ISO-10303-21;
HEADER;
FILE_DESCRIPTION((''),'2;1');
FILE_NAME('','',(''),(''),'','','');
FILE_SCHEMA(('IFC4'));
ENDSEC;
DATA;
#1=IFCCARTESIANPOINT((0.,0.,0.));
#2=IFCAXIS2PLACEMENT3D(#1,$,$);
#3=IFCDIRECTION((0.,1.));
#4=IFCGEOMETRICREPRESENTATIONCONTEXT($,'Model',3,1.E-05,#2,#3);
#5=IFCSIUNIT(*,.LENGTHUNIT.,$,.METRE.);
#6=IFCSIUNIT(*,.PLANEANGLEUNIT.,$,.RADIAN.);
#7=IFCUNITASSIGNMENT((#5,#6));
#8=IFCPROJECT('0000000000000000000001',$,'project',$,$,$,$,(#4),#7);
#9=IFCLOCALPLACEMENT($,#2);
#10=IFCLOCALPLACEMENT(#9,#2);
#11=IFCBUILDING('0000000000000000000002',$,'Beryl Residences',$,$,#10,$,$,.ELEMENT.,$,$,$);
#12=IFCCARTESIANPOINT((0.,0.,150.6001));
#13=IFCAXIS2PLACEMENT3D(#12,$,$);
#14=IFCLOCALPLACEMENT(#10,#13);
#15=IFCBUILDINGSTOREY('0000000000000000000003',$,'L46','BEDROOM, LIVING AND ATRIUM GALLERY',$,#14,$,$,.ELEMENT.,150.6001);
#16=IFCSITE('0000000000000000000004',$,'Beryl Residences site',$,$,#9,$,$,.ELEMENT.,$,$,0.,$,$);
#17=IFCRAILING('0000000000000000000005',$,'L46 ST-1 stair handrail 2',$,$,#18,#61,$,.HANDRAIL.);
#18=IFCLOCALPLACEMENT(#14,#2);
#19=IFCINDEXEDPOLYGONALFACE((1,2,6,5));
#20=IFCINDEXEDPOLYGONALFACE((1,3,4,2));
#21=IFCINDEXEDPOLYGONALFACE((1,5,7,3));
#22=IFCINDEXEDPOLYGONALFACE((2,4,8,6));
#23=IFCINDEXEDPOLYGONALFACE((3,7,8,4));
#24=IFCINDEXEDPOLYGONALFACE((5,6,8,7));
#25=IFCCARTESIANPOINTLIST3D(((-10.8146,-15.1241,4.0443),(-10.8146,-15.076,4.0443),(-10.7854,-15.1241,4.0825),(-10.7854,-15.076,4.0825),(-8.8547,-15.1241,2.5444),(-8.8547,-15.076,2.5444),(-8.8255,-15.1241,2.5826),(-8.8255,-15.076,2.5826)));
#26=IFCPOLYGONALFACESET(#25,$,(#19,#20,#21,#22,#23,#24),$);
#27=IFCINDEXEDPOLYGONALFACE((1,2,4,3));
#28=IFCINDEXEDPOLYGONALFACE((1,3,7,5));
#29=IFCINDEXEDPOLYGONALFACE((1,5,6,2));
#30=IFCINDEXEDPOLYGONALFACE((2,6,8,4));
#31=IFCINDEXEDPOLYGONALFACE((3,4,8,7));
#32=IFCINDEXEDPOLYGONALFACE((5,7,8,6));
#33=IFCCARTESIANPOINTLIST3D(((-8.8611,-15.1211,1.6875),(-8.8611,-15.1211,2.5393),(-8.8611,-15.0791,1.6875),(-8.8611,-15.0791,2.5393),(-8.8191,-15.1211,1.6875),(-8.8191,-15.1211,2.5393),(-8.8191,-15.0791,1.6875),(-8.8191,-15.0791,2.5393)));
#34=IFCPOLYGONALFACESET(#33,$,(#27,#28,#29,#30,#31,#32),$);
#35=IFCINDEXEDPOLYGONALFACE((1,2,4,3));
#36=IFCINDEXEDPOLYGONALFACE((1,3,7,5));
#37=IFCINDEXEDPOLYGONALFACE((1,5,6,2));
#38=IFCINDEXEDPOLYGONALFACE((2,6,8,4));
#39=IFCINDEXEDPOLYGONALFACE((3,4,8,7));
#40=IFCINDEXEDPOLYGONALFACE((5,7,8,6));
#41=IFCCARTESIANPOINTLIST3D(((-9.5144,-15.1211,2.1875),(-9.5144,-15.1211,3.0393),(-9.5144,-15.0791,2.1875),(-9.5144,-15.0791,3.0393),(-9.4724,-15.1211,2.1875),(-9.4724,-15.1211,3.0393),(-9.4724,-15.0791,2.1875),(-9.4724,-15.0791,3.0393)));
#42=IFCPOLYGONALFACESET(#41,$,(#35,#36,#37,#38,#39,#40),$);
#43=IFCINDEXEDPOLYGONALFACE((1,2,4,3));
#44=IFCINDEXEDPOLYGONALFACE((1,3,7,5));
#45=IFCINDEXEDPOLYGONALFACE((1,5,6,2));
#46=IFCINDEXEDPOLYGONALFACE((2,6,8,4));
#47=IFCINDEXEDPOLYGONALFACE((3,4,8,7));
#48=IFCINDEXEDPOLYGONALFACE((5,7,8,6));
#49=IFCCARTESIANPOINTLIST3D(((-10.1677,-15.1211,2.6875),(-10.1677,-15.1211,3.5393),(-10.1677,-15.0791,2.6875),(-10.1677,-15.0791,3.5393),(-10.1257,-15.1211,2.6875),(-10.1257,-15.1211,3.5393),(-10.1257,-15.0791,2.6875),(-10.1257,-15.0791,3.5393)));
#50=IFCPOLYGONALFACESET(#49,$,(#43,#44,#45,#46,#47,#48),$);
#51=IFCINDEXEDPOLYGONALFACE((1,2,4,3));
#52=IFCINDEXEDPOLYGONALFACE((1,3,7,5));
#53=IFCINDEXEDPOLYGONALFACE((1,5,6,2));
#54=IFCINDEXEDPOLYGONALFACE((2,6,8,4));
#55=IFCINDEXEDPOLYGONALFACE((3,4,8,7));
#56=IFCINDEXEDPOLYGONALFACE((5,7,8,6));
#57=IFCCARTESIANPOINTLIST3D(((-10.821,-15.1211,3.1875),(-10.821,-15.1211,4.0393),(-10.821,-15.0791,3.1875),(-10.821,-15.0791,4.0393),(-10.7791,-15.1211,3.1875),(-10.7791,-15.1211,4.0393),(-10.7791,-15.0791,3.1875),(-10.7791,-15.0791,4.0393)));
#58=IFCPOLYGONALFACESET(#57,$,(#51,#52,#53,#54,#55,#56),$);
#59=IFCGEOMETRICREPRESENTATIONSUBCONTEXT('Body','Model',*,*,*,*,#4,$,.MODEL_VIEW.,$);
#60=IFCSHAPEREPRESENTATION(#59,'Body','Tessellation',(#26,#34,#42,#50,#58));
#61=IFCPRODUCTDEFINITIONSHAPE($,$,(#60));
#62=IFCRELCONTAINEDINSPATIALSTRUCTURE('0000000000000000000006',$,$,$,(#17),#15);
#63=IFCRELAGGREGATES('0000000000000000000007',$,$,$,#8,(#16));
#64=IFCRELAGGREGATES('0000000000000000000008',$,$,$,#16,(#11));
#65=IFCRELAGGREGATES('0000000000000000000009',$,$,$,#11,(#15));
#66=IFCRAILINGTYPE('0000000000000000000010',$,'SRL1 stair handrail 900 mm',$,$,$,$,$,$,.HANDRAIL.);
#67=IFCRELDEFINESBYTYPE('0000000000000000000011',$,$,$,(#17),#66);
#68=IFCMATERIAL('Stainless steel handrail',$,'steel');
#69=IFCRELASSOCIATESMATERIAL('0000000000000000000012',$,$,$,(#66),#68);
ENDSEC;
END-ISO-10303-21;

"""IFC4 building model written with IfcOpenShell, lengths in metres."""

from ifc_helpers import new_model, si_unit, direction, frame, origin, origin_2d, place, context, subcontext, project, spatial, rectangle, extrude, material, type_object, element, save


model = new_model("IFC4")

# Units and contexts
model_context = context("Model", 3, precision=1e-05, world=origin(), true_north=direction((0.0, 1.0)))
body_context = subcontext(model_context, "Body", "Model", "MODEL_VIEW")
ifc_project = project(units=[si_unit("LENGTHUNIT", "METRE"), si_unit("PLANEANGLEUNIT", "RADIAN")], contexts=[model_context])

# Site, building, storey
site_placement = place(None, origin())
site = spatial("IfcSite", under=ifc_project, at=site_placement, Name="Beryl Residences site", CompositionType="ELEMENT", RefElevation=0.0)
building_placement = place(site_placement, origin())
building = spatial("IfcBuilding", under=site, at=building_placement, Name="Beryl Residences", CompositionType="ELEMENT")
storey_placement = place(building_placement, frame((0.0, 0.0, 150.6001)))
storey = spatial("IfcBuildingStorey", under=building, at=storey_placement, Name="L46", Description="BEDROOM, LIVING AND ATRIUM GALLERY", CompositionType="ELEMENT", Elevation=150.6001)

# Railing
ifc_material_1 = material(Name="Stainless steel handrail", Category="steel")
railing_type_1 = type_object("IfcRailingType", Name="SRL1 stair handrail 900 mm", PredefinedType="HANDRAIL", material=ifc_material_1)
railing_1_placement = place(storey_placement, frame((-8.8401, -15.1001, 1.6875)))
element("IfcRailing", 1, at=railing_1_placement, inside=storey, type_object=railing_type_1, Name="L46 ST-1 stair handrail 2", PredefinedType="HANDRAIL", context=body_context, shape_type="SweptSolid", body=[
    extrude(rectangle(XDim=0.0481, YDim=0.0481, at=origin_2d()), frame((0.0, 0.0, 0.876), z_axis=(-0.794122, 0.0, 0.607758), x_axis=(0.0, -1.0, 0.0)), (0.0, 0.0, 1.0), 2.468),
    extrude(rectangle(XDim=0.042, YDim=0.042, at=origin_2d()), origin(), (0.0, 0.0, 1.0), 0.8518),
    extrude(rectangle(XDim=0.042, YDim=0.042, at=origin_2d()), frame((-0.6533, 0.0, 0.5)), (0.0, 0.0, 1.0), 0.8518),
    extrude(rectangle(XDim=0.042, YDim=0.042, at=origin_2d()), frame((-1.3066, 0.0, 1.0)), (0.0, 0.0, 1.0), 0.8518),
    extrude(rectangle(XDim=0.042, YDim=0.042, at=origin_2d()), frame((-1.96, 0.0, 1.5)), (0.0, 0.0, 1.0), 0.8518),
])

save(model, "model.ifc")
